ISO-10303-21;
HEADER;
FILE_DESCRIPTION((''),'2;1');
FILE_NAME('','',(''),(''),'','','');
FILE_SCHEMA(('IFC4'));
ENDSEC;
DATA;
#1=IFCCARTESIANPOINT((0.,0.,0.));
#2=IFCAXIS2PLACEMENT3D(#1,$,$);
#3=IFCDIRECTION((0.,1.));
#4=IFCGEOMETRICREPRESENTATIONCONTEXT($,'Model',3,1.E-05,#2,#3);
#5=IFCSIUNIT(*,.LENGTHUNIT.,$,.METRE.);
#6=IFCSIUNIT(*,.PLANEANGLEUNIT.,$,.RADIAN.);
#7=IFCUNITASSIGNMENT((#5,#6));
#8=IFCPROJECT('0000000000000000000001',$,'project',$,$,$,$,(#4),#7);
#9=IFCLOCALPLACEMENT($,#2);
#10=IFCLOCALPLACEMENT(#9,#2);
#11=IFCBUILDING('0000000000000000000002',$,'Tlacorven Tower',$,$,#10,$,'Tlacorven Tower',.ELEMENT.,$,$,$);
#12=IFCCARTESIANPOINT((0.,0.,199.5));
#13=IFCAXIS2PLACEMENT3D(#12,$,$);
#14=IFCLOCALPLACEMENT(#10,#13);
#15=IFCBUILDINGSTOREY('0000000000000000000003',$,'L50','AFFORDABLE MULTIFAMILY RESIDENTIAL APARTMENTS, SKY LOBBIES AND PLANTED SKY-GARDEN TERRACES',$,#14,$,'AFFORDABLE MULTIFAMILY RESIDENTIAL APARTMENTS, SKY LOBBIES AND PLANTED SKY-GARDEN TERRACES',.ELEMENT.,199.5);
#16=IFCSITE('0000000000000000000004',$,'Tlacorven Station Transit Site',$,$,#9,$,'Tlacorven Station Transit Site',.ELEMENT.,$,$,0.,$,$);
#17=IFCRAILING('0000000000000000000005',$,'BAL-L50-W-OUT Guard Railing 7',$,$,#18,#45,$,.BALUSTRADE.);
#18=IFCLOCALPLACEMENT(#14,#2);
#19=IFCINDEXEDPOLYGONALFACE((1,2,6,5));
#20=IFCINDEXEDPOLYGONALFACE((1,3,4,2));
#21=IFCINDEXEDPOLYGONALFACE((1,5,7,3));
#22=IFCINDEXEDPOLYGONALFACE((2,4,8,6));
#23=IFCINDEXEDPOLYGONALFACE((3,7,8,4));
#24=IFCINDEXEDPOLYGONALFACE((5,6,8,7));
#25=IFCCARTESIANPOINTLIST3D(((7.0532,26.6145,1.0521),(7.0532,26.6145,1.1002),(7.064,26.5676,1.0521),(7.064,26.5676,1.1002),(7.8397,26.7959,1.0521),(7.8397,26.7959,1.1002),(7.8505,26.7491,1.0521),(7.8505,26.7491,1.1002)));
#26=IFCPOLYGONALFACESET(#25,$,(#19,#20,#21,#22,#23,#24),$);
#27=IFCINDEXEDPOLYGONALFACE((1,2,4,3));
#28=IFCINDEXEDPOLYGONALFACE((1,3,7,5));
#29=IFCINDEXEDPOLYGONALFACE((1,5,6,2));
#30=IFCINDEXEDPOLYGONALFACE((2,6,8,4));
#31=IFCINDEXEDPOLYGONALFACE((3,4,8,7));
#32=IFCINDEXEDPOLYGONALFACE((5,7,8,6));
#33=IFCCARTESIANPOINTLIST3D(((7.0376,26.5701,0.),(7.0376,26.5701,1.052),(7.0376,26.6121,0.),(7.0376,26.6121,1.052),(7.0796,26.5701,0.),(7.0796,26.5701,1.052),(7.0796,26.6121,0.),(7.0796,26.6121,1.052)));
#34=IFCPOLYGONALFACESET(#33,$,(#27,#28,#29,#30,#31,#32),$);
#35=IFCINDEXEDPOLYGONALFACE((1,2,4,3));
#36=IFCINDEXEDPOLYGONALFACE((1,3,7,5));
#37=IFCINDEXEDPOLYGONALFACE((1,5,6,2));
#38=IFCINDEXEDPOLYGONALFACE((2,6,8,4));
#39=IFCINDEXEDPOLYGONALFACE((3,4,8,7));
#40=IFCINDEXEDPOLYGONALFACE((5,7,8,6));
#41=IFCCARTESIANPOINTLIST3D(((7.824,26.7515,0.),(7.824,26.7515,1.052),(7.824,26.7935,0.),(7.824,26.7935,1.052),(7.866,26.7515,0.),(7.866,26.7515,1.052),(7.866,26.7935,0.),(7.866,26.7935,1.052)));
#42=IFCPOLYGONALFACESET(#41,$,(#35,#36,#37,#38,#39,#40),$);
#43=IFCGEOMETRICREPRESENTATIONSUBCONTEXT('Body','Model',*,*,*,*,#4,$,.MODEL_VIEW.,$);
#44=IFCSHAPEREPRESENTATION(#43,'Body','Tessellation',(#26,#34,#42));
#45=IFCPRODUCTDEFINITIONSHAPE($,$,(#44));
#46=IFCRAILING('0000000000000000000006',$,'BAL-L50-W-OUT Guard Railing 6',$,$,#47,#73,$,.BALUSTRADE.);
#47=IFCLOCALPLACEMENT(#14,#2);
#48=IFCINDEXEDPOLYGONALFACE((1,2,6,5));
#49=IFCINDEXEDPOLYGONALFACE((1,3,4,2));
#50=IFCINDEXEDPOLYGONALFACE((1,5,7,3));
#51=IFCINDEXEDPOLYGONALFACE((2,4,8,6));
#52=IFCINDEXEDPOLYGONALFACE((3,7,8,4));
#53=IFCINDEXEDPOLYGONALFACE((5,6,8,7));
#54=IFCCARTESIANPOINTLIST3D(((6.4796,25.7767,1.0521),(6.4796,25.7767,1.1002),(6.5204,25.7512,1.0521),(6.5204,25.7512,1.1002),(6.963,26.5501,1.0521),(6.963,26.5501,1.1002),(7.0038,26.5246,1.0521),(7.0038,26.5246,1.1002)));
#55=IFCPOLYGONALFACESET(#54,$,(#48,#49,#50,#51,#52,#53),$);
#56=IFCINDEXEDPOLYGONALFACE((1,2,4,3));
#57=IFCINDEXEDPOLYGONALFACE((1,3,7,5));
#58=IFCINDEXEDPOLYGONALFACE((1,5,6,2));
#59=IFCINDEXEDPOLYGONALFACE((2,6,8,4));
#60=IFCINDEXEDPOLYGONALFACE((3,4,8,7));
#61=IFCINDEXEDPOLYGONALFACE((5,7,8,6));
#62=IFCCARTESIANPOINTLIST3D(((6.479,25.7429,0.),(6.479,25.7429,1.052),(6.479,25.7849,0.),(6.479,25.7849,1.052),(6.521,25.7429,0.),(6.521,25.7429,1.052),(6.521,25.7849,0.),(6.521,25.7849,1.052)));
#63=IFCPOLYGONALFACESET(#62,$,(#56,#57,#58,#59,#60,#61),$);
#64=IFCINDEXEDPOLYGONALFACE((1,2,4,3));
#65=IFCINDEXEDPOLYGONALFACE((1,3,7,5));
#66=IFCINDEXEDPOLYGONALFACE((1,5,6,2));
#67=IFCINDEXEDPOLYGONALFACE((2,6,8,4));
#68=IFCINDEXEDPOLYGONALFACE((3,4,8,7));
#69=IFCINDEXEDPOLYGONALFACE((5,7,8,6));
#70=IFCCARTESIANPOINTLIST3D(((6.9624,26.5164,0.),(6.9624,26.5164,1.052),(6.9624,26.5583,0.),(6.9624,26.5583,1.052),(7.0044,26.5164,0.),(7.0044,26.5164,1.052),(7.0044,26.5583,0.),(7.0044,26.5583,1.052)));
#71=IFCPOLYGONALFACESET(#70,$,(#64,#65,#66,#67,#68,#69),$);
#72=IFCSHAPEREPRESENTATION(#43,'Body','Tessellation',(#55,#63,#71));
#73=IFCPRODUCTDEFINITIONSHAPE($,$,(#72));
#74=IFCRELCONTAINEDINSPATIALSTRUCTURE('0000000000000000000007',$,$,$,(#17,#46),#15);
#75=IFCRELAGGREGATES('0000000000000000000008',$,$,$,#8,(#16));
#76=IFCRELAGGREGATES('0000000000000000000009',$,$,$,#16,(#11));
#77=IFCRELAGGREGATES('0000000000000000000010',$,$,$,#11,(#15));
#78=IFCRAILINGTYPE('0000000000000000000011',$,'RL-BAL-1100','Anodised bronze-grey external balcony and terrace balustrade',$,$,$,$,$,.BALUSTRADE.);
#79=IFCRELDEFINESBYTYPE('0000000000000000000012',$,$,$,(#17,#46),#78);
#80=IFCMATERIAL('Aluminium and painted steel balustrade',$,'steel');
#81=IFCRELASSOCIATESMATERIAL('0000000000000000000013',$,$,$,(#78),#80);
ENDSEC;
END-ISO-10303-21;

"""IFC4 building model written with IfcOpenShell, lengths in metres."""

from ifc_helpers import new_model, si_unit, direction, frame, origin, origin_2d, place, context, subcontext, project, spatial, rectangle, extrude, source, transform, mapped, material, type_object, element, save


model = new_model("IFC4")

# Units and contexts
model_context = context("Model", 3, precision=1e-05, world=origin(), true_north=direction((0.0, 1.0)))
body_context = subcontext(model_context, "Body", "Model", "MODEL_VIEW")
ifc_project = project(units=[si_unit("LENGTHUNIT", "METRE"), si_unit("PLANEANGLEUNIT", "RADIAN")], contexts=[model_context])

# Site, building, storey
site_placement = place(None, origin())
site = spatial("IfcSite", under=ifc_project, at=site_placement, Name="Tlacorven Station Transit Site", LongName="Tlacorven Station Transit Site", CompositionType="ELEMENT", RefElevation=0.0)
building_placement = place(site_placement, origin())
building = spatial("IfcBuilding", under=site, at=building_placement, Name="Tlacorven Tower", LongName="Tlacorven Tower", CompositionType="ELEMENT")
storey_placement = place(building_placement, frame((0.0, 0.0, 199.5)))
storey = spatial("IfcBuildingStorey", under=building, at=storey_placement, Name="L50", Description="AFFORDABLE MULTIFAMILY RESIDENTIAL APARTMENTS, SKY LOBBIES AND PLANTED SKY-GARDEN TERRACES", LongName="AFFORDABLE MULTIFAMILY RESIDENTIAL APARTMENTS, SKY LOBBIES AND PLANTED SKY-GARDEN TERRACES", CompositionType="ELEMENT", Elevation=199.5)

# Railings
ifc_material_1 = material(Name="Aluminium and painted steel balustrade", Category="steel")
railing_type = type_object("IfcRailingType", Name="RL-BAL-1100", Description="Anodised bronze-grey external balcony and terrace balustrade", PredefinedType="BALUSTRADE", material=ifc_material_1)
shared_shape_1 = source(origin(), body_context, "Body", "SweptSolid", [
    extrude(rectangle(XDim=0.0481, YDim=0.0481, at=origin_2d()), frame((0.0, 0.0, 1.0762), z_axis=(0.974412, 0.224771, 0.0), x_axis=(-0.224771, 0.974412, 0.0)), (0.0, 0.0, 1.0), 0.8071),
    extrude(rectangle(XDim=0.042, YDim=0.042, at=origin_2d()), origin(), (0.0, 0.0, 1.0), 1.052),
    extrude(rectangle(XDim=0.042, YDim=0.042, at=origin_2d()), frame((0.7864, 0.1814, 0.0)), (0.0, 0.0, 1.0), 1.052),
])
railing_1_placement = place(storey_placement, frame((7.0586, 26.5911, 0.0)))
element("IfcRailing", 1, at=railing_1_placement, inside=storey, type_object=railing_type, Name="BAL-L50-W-OUT Guard Railing 7", PredefinedType="BALUSTRADE", context=body_context, shape_type="MappedRepresentation", body=[
    mapped(shared_shape_1, transform((0.0, 0.0, 0.0), scale=1.0)),
])
shared_shape_2 = source(origin(), body_context, "Body", "SweptSolid", [
    extrude(rectangle(XDim=0.0481, YDim=0.0481, at=origin_2d()), frame((0.0, 0.0, 1.0762), z_axis=(0.529999, 0.847998, 0.0), x_axis=(-0.847998, 0.529999, 0.0)), (0.0, 0.0, 1.0), 0.9121),
    extrude(rectangle(XDim=0.042, YDim=0.042, at=origin_2d()), origin(), (0.0, 0.0, 1.0), 1.052),
    extrude(rectangle(XDim=0.042, YDim=0.042, at=origin_2d()), frame((0.4834, 0.7734, 0.0)), (0.0, 0.0, 1.0), 1.052),
])
railing_2_placement = place(storey_placement, frame((6.5, 25.7639, 0.0)))
element("IfcRailing", 2, at=railing_2_placement, inside=storey, type_object=railing_type, Name="BAL-L50-W-OUT Guard Railing 6", PredefinedType="BALUSTRADE", context=body_context, shape_type="MappedRepresentation", body=[
    mapped(shared_shape_2, transform((0.0, 0.0, 0.0), scale=1.0)),
])

save(model, "model.ifc")
